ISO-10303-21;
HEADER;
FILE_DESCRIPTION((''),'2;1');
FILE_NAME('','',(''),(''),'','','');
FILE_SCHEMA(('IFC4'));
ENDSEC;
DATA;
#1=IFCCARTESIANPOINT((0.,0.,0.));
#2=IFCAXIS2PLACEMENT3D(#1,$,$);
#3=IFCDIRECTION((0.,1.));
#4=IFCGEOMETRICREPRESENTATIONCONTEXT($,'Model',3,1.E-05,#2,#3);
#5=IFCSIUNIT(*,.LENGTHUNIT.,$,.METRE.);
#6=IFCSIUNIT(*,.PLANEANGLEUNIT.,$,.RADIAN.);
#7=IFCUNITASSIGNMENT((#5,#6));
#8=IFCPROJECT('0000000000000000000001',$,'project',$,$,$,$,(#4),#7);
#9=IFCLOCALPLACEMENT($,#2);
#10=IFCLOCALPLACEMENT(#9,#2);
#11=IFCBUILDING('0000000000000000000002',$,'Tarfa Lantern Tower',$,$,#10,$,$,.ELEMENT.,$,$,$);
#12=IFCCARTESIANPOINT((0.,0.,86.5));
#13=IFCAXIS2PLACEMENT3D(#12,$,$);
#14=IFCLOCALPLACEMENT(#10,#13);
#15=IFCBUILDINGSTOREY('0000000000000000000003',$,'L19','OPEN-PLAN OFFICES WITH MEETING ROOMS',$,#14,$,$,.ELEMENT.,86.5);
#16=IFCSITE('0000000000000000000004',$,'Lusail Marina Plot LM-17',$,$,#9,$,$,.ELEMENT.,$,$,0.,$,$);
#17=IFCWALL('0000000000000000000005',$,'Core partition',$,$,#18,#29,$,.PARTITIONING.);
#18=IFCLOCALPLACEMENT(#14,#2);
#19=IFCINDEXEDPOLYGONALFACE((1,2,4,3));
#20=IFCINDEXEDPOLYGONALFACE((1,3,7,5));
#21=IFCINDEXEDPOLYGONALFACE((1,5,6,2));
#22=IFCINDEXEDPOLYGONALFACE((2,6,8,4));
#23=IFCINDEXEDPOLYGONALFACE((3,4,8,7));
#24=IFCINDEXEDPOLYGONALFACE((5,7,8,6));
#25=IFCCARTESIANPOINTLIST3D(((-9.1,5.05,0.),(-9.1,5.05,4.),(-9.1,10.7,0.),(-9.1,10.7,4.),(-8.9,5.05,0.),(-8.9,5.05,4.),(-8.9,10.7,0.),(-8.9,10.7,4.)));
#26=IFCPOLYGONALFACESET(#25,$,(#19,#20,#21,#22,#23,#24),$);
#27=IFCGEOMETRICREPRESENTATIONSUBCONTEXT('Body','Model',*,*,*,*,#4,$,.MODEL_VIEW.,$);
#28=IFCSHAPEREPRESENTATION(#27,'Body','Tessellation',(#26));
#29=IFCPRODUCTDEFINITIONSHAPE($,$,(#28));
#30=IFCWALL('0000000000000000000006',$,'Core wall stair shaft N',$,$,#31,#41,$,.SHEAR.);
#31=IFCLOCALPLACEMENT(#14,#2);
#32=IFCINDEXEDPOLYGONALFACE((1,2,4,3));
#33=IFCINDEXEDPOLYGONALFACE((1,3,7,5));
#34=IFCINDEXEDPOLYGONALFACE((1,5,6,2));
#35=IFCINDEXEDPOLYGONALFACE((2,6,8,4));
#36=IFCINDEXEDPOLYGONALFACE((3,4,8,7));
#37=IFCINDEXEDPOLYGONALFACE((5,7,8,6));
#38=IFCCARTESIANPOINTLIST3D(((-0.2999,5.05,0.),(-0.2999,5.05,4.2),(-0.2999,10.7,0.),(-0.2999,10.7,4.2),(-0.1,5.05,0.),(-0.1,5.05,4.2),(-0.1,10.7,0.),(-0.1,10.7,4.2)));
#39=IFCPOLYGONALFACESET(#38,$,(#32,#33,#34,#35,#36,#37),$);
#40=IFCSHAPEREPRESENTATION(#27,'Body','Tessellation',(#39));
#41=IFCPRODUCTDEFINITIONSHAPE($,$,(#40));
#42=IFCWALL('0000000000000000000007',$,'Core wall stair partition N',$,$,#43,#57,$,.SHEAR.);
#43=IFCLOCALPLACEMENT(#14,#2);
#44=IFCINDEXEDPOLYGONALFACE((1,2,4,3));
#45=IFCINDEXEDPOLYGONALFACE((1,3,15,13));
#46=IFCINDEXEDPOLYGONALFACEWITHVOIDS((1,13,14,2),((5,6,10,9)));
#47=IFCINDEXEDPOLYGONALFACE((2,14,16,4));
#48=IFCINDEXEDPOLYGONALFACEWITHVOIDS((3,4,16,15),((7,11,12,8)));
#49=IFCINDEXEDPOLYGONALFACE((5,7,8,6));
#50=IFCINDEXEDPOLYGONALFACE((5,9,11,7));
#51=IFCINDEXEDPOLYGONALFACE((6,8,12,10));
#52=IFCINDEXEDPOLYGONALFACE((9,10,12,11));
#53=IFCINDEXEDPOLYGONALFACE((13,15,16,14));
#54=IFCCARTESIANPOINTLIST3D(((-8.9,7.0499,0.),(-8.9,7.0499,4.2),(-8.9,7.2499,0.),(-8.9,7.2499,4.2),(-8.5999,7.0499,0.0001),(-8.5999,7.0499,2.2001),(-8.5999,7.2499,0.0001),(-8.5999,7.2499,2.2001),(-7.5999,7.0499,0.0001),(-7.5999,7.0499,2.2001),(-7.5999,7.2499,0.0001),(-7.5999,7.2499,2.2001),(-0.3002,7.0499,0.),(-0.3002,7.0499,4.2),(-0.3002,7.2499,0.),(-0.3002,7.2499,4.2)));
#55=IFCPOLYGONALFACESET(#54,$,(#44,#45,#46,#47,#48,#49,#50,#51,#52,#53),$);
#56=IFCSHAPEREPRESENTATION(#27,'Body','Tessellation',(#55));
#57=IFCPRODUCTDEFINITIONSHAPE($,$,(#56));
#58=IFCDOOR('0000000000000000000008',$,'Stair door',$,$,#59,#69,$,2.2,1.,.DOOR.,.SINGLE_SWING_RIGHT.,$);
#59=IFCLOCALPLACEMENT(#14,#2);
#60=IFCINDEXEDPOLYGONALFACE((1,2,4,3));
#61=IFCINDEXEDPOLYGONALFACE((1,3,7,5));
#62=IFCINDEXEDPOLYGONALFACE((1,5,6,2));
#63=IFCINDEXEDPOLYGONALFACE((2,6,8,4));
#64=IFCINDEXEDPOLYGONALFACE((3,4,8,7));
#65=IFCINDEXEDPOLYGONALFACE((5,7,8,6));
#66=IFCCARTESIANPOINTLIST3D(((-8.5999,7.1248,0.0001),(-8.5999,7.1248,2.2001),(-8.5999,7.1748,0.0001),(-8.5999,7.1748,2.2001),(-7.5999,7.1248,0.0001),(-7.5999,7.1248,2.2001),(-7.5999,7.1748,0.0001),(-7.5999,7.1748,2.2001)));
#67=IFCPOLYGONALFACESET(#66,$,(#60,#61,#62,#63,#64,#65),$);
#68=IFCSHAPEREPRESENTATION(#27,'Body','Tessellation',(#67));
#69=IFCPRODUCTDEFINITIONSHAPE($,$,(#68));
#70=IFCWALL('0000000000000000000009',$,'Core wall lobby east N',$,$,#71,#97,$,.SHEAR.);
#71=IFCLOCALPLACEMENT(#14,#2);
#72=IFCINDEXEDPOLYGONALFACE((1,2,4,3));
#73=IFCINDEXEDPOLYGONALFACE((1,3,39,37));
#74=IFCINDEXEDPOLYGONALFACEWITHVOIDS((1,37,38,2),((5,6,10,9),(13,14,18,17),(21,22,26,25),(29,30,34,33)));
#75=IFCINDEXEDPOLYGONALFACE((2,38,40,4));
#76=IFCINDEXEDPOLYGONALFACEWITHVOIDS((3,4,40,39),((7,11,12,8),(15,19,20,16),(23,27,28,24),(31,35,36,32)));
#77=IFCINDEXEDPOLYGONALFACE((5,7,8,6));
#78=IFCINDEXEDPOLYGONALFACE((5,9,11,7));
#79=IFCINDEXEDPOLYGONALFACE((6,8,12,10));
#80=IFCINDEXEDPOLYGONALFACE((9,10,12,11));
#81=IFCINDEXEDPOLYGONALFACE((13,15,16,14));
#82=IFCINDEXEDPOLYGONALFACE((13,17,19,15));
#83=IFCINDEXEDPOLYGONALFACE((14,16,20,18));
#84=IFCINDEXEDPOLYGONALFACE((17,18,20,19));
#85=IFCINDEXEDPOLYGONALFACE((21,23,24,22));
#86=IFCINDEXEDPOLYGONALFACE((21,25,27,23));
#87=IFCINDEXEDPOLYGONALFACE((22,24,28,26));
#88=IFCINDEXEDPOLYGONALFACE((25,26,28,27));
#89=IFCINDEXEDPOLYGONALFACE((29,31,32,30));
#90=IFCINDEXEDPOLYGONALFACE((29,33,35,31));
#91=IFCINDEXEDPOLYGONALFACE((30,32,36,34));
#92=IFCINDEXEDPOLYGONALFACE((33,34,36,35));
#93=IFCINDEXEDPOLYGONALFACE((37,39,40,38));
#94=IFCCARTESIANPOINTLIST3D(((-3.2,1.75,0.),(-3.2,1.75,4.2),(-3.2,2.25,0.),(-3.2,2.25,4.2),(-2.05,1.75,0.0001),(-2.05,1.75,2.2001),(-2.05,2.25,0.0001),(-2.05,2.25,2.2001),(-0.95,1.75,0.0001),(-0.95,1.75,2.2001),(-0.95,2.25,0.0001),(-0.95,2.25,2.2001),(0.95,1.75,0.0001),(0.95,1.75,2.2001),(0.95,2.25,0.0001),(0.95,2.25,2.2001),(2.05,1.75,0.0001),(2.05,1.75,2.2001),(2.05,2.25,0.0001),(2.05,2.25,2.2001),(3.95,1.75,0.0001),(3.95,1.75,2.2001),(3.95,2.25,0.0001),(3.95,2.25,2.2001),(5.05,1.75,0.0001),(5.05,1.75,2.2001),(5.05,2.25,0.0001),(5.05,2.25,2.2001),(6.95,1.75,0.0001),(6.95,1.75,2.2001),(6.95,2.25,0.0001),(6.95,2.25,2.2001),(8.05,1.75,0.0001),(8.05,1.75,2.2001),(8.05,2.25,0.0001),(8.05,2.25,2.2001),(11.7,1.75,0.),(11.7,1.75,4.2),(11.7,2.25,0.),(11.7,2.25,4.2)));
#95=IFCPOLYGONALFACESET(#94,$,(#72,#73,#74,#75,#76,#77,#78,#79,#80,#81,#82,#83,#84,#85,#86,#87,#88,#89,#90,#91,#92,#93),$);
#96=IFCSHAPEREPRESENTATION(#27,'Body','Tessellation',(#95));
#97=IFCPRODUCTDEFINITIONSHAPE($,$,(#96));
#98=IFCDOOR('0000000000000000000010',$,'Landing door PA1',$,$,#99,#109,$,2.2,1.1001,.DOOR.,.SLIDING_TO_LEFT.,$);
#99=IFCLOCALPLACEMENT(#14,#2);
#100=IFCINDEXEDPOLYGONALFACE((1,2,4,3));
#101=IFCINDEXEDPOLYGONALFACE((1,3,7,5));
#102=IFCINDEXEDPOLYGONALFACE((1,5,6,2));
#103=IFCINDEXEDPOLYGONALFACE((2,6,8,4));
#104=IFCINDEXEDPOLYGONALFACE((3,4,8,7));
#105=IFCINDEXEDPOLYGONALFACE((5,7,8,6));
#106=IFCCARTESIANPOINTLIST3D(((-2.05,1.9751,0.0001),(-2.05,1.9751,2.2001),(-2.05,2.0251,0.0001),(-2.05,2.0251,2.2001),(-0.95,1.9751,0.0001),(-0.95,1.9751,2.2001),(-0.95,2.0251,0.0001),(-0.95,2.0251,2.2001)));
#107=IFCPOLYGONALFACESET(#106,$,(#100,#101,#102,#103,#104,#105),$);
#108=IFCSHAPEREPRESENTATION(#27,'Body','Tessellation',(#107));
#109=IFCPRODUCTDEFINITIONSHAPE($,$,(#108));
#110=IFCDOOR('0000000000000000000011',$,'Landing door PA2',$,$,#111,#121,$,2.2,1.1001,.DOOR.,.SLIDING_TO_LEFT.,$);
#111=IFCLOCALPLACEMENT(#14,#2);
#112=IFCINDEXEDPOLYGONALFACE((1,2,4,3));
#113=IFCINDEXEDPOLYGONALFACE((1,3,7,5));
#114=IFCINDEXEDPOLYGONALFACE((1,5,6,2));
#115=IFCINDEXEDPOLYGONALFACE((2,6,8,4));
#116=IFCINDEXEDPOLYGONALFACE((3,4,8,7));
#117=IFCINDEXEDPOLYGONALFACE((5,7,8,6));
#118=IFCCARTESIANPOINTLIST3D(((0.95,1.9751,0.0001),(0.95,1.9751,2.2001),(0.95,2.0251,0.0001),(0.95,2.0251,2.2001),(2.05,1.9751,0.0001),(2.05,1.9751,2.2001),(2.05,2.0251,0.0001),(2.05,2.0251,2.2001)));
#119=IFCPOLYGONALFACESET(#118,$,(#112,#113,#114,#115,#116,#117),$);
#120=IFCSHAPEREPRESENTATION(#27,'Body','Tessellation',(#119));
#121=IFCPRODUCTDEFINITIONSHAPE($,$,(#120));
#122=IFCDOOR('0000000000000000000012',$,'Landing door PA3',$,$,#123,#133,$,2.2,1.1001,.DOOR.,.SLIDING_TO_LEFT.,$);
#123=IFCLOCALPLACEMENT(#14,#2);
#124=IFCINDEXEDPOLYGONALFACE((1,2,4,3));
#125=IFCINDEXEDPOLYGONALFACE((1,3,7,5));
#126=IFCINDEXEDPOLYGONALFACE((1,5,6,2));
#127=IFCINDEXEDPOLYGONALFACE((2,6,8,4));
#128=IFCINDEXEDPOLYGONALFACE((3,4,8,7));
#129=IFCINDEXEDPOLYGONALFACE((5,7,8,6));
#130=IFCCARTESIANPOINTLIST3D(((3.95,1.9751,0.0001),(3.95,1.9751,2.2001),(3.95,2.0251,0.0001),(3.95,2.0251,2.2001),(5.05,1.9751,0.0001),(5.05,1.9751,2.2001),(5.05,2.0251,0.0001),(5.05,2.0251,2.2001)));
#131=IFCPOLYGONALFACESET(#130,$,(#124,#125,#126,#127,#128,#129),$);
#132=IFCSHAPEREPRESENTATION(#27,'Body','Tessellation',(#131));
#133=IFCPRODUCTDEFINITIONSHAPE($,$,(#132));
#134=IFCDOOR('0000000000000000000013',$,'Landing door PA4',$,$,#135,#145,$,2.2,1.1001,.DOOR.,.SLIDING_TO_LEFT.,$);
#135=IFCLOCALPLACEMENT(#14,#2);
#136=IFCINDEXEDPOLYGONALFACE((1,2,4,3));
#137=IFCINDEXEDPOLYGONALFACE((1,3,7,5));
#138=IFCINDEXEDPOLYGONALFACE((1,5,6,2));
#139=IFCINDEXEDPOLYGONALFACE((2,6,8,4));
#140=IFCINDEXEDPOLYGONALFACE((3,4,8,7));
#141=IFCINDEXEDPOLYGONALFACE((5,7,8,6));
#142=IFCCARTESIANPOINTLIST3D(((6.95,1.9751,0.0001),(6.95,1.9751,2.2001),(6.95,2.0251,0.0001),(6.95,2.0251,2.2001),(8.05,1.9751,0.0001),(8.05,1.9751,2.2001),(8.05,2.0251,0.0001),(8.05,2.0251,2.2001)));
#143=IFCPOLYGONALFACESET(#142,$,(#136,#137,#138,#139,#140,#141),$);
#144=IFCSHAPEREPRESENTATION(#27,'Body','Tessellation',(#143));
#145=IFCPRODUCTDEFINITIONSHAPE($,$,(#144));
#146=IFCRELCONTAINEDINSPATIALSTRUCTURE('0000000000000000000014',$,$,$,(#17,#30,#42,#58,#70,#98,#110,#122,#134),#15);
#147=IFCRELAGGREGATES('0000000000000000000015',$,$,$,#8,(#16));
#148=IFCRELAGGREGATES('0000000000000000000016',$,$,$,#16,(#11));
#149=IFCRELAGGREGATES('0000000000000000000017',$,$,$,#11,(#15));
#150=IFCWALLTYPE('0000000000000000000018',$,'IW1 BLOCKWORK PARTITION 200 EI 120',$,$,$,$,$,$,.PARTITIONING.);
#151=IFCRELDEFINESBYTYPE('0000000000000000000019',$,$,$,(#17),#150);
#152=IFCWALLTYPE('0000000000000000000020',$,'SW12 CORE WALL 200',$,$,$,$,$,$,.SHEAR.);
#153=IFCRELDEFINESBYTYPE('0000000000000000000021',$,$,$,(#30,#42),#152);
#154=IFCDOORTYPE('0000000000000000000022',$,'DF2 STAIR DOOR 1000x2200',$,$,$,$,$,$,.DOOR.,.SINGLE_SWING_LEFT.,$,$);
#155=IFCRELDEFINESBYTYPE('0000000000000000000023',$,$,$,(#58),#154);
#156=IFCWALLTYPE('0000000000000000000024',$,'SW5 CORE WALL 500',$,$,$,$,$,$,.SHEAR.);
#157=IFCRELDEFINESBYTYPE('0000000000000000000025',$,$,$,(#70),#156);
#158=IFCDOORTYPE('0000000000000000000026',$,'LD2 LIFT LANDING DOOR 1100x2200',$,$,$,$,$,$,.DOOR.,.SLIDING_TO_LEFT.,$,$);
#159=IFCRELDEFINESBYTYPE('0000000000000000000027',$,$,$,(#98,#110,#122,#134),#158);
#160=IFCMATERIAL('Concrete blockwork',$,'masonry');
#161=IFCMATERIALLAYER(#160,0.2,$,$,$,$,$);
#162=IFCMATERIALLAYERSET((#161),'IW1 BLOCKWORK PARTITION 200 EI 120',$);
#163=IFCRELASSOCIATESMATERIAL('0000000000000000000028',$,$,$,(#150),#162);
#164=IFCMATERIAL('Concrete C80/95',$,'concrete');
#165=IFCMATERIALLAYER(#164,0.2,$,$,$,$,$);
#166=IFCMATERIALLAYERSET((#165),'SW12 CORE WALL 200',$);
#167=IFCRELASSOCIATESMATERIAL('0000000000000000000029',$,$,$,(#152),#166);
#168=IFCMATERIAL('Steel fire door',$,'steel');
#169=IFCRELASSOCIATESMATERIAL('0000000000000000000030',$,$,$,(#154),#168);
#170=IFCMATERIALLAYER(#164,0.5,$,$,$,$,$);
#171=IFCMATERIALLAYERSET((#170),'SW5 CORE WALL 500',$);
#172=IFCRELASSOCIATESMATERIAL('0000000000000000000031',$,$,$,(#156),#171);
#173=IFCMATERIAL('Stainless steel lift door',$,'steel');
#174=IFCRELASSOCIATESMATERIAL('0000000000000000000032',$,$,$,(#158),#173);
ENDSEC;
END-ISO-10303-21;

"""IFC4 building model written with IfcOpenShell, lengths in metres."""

from ifc_helpers import new_model, si_unit, direction, frame, frame_2d, origin, place, context, subcontext, project, spatial, rectangle, extrude, material, layer, layer_set, type_object, element, fill, save


model = new_model("IFC4")

# Units and contexts
model_context = context("Model", 3, precision=1e-05, world=origin(), true_north=direction((0.0, 1.0)))
body_context = subcontext(model_context, "Body", "Model", "MODEL_VIEW")
ifc_project = project(units=[si_unit("LENGTHUNIT", "METRE"), si_unit("PLANEANGLEUNIT", "RADIAN")], contexts=[model_context])

# Site, building, storey
site_placement = place(None, origin())
site = spatial("IfcSite", under=ifc_project, at=site_placement, Name="Lusail Marina Plot LM-17", CompositionType="ELEMENT", RefElevation=0.0)
building_placement = place(site_placement, origin())
building = spatial("IfcBuilding", under=site, at=building_placement, Name="Tarfa Lantern Tower", CompositionType="ELEMENT")
storey_placement = place(building_placement, frame((0.0, 0.0, 86.5)))
storey = spatial("IfcBuildingStorey", under=building, at=storey_placement, Name="L19", Description="OPEN-PLAN OFFICES WITH MEETING ROOMS", CompositionType="ELEMENT", Elevation=86.5)

# Walls
ifc_material_1 = material(Name="Concrete blockwork", Category="masonry")
ifc_layer_1 = layer(ifc_material_1, 0.2)
ifc_layer_set_1 = layer_set([ifc_layer_1], Name="IW1 BLOCKWORK PARTITION 200 EI 120")
wall_type_1 = type_object("IfcWallType", Name="IW1 BLOCKWORK PARTITION 200 EI 120", PredefinedType="PARTITIONING", material=ifc_layer_set_1)
wall_1_placement = place(storey_placement, frame((-9.0, 5.05, 0.0), z_axis=(0.0, 0.0, 1.0), x_axis=(0.0, 1.0, 0.0)))
element("IfcWall", 1, at=wall_1_placement, inside=storey, type_object=wall_type_1, Name="Core partition", PredefinedType="PARTITIONING", context=body_context, shape_type="SweptSolid", body=[
    extrude(rectangle(XDim=5.6499, YDim=0.2, at=frame_2d((2.825, 0.0))), origin(), (0.0, 0.0, 1.0), 4.0),
])
ifc_material_2 = material(Name="Concrete C80/95", Category="concrete")
ifc_layer_2 = layer(ifc_material_2, 0.2)
ifc_layer_set_2 = layer_set([ifc_layer_2], Name="SW12 CORE WALL 200")
wall_type_2 = type_object("IfcWallType", Name="SW12 CORE WALL 200", PredefinedType="SHEAR", material=ifc_layer_set_2)
wall_2_placement = place(storey_placement, frame((-0.2, 5.05, 0.0), z_axis=(0.0, 0.0, 1.0), x_axis=(0.0, 1.0, 0.0)))
element("IfcWall", 2, at=wall_2_placement, inside=storey, type_object=wall_type_2, Name="Core wall stair shaft N", PredefinedType="SHEAR", context=body_context, shape_type="SweptSolid", body=[
    extrude(rectangle(XDim=5.6499, YDim=0.2, at=frame_2d((2.825, 0.0))), origin(), (0.0, 0.0, 1.0), 4.2),
])

# Wall, opening, door
wall_3_placement = place(storey_placement, frame((-8.8999, 7.1499, 0.0), z_axis=(0.0, 0.0, 1.0), x_axis=(1.0, 0.0, 0.0)))
wall_3 = element("IfcWall", 3, at=wall_3_placement, inside=storey, type_object=wall_type_2, Name="Core wall stair partition N", PredefinedType="SHEAR", context=body_context, shape_type="SweptSolid", body=[
    extrude(rectangle(XDim=8.5999, YDim=0.2, at=frame_2d((4.2998, 0.0))), origin(), (0.0, 0.0, 1.0), 4.2),
])
opening_1_placement = place(wall_3_placement, frame((0.3, 0.0, 0.0)))
opening_1 = element("IfcOpeningElement", 4, at=opening_1_placement, cuts=wall_3, PredefinedType="OPENING", context=body_context, shape_type="SweptSolid", body=[
    extrude(rectangle(XDim=1.0, YDim=2.2, at=frame_2d((0.5, 1.1001))), frame((0.0, 0.1099, 0.0), z_axis=(0.0, -1.0, 0.0), x_axis=(1.0, 0.0, 0.0)), (0.0, 0.0, 1.0), 0.22),
])
ifc_material_3 = material(Name="Steel fire door", Category="steel")
door_type_1 = type_object("IfcDoorType", Name="DF2 STAIR DOOR 1000x2200", OperationType="SINGLE_SWING_LEFT", PredefinedType="DOOR", material=ifc_material_3)
door_1_placement = place(opening_1_placement, origin())
door_1 = element("IfcDoor", 5, at=door_1_placement, inside=storey, type_object=door_type_1, Name="Stair door", OperationType="SINGLE_SWING_RIGHT", OverallHeight=2.2, OverallWidth=1.0, PredefinedType="DOOR", context=body_context, shape_type="SweptSolid", body=[
    extrude(rectangle(XDim=1.0, YDim=2.2, at=frame_2d((0.5, 1.1001))), frame((0.0, 0.0249, 0.0), z_axis=(0.0, -1.0, 0.0), x_axis=(1.0, 0.0, 0.0)), (0.0, 0.0, 1.0), 0.05),
])
fill(opening_1, door_1)

# Wall, openings, doors
ifc_layer_3 = layer(ifc_material_2, 0.5)
ifc_layer_set_3 = layer_set([ifc_layer_3], Name="SW5 CORE WALL 500")
wall_type_3 = type_object("IfcWallType", Name="SW5 CORE WALL 500", PredefinedType="SHEAR", material=ifc_layer_set_3)
wall_4_placement = place(storey_placement, frame((-3.2, 2.0, 0.0), z_axis=(0.0, 0.0, 1.0), x_axis=(1.0, 0.0, 0.0)))
wall_4 = element("IfcWall", 6, at=wall_4_placement, inside=storey, type_object=wall_type_3, Name="Core wall lobby east N", PredefinedType="SHEAR", context=body_context, shape_type="SweptSolid", body=[
    extrude(rectangle(XDim=14.8999, YDim=0.5, at=frame_2d((7.45, 0.0))), origin(), (0.0, 0.0, 1.0), 4.2),
])
opening_2_placement = place(wall_4_placement, frame((1.1499, 0.0, 0.0)))
opening_2 = element("IfcOpeningElement", 7, at=opening_2_placement, cuts=wall_4, PredefinedType="OPENING", context=body_context, shape_type="SweptSolid", body=[
    extrude(rectangle(XDim=1.1001, YDim=2.2, at=frame_2d((0.55, 1.1001))), frame((0.0, 0.26, 0.0), z_axis=(0.0, -1.0, 0.0), x_axis=(1.0, 0.0, 0.0)), (0.0, 0.0, 1.0), 0.52),
])
opening_3_placement = place(wall_4_placement, frame((4.1499, 0.0, 0.0)))
opening_3 = element("IfcOpeningElement", 8, at=opening_3_placement, cuts=wall_4, PredefinedType="OPENING", context=body_context, shape_type="SweptSolid", body=[
    extrude(rectangle(XDim=1.1001, YDim=2.2, at=frame_2d((0.55, 1.1001))), frame((0.0, 0.26, 0.0), z_axis=(0.0, -1.0, 0.0), x_axis=(1.0, 0.0, 0.0)), (0.0, 0.0, 1.0), 0.52),
])
opening_4_placement = place(wall_4_placement, frame((7.1499, 0.0, 0.0)))
opening_4 = element("IfcOpeningElement", 9, at=opening_4_placement, cuts=wall_4, PredefinedType="OPENING", context=body_context, shape_type="SweptSolid", body=[
    extrude(rectangle(XDim=1.1001, YDim=2.2, at=frame_2d((0.55, 1.1001))), frame((0.0, 0.26, 0.0), z_axis=(0.0, -1.0, 0.0), x_axis=(1.0, 0.0, 0.0)), (0.0, 0.0, 1.0), 0.52),
])
opening_5_placement = place(wall_4_placement, frame((10.1499, 0.0, 0.0)))
opening_5 = element("IfcOpeningElement", 10, at=opening_5_placement, cuts=wall_4, PredefinedType="OPENING", context=body_context, shape_type="SweptSolid", body=[
    extrude(rectangle(XDim=1.1001, YDim=2.2, at=frame_2d((0.55, 1.1001))), frame((0.0, 0.26, 0.0), z_axis=(0.0, -1.0, 0.0), x_axis=(1.0, 0.0, 0.0)), (0.0, 0.0, 1.0), 0.52),
])
ifc_material_4 = material(Name="Stainless steel lift door", Category="steel")
door_type_2 = type_object("IfcDoorType", Name="LD2 LIFT LANDING DOOR 1100x2200", OperationType="SLIDING_TO_LEFT", PredefinedType="DOOR", material=ifc_material_4)
door_2_placement = place(opening_2_placement, frame((1.1001, 0.0, 0.0), z_axis=(0.0, 0.0, 1.0), x_axis=(-1.0, 0.0, 0.0)))
door_2 = element("IfcDoor", 11, at=door_2_placement, inside=storey, type_object=door_type_2, Name="Landing door PA1", OperationType="SLIDING_TO_LEFT", OverallHeight=2.2, OverallWidth=1.1001, PredefinedType="DOOR", context=body_context, shape_type="SweptSolid", body=[
    extrude(rectangle(XDim=1.1001, YDim=2.2, at=frame_2d((0.55, 1.1001))), frame((0.0, 0.0249, 0.0), z_axis=(0.0, -1.0, 0.0), x_axis=(1.0, 0.0, 0.0)), (0.0, 0.0, 1.0), 0.05),
])
fill(opening_2, door_2)
door_3_placement = place(opening_3_placement, frame((1.1001, 0.0, 0.0), z_axis=(0.0, 0.0, 1.0), x_axis=(-1.0, 0.0, 0.0)))
door_3 = element("IfcDoor", 12, at=door_3_placement, inside=storey, type_object=door_type_2, Name="Landing door PA2", OperationType="SLIDING_TO_LEFT", OverallHeight=2.2, OverallWidth=1.1001, PredefinedType="DOOR", context=body_context, shape_type="SweptSolid", body=[
    extrude(rectangle(XDim=1.1001, YDim=2.2, at=frame_2d((0.55, 1.1001))), frame((0.0, 0.0249, 0.0), z_axis=(0.0, -1.0, 0.0), x_axis=(1.0, 0.0, 0.0)), (0.0, 0.0, 1.0), 0.05),
])
fill(opening_3, door_3)
door_4_placement = place(opening_4_placement, frame((1.1001, 0.0, 0.0), z_axis=(0.0, 0.0, 1.0), x_axis=(-1.0, 0.0, 0.0)))
door_4 = element("IfcDoor", 13, at=door_4_placement, inside=storey, type_object=door_type_2, Name="Landing door PA3", OperationType="SLIDING_TO_LEFT", OverallHeight=2.2, OverallWidth=1.1001, PredefinedType="DOOR", context=body_context, shape_type="SweptSolid", body=[
    extrude(rectangle(XDim=1.1001, YDim=2.2, at=frame_2d((0.55, 1.1001))), frame((0.0, 0.0249, 0.0), z_axis=(0.0, -1.0, 0.0), x_axis=(1.0, 0.0, 0.0)), (0.0, 0.0, 1.0), 0.05),
])
fill(opening_4, door_4)
door_5_placement = place(opening_5_placement, frame((1.1001, 0.0, 0.0), z_axis=(0.0, 0.0, 1.0), x_axis=(-1.0, 0.0, 0.0)))
door_5 = element("IfcDoor", 14, at=door_5_placement, inside=storey, type_object=door_type_2, Name="Landing door PA4", OperationType="SLIDING_TO_LEFT", OverallHeight=2.2, OverallWidth=1.1001, PredefinedType="DOOR", context=body_context, shape_type="SweptSolid", body=[
    extrude(rectangle(XDim=1.1001, YDim=2.2, at=frame_2d((0.55, 1.1001))), frame((0.0, 0.0249, 0.0), z_axis=(0.0, -1.0, 0.0), x_axis=(1.0, 0.0, 0.0)), (0.0, 0.0, 1.0), 0.05),
])
fill(opening_5, door_5)

save(model, "model.ifc")
